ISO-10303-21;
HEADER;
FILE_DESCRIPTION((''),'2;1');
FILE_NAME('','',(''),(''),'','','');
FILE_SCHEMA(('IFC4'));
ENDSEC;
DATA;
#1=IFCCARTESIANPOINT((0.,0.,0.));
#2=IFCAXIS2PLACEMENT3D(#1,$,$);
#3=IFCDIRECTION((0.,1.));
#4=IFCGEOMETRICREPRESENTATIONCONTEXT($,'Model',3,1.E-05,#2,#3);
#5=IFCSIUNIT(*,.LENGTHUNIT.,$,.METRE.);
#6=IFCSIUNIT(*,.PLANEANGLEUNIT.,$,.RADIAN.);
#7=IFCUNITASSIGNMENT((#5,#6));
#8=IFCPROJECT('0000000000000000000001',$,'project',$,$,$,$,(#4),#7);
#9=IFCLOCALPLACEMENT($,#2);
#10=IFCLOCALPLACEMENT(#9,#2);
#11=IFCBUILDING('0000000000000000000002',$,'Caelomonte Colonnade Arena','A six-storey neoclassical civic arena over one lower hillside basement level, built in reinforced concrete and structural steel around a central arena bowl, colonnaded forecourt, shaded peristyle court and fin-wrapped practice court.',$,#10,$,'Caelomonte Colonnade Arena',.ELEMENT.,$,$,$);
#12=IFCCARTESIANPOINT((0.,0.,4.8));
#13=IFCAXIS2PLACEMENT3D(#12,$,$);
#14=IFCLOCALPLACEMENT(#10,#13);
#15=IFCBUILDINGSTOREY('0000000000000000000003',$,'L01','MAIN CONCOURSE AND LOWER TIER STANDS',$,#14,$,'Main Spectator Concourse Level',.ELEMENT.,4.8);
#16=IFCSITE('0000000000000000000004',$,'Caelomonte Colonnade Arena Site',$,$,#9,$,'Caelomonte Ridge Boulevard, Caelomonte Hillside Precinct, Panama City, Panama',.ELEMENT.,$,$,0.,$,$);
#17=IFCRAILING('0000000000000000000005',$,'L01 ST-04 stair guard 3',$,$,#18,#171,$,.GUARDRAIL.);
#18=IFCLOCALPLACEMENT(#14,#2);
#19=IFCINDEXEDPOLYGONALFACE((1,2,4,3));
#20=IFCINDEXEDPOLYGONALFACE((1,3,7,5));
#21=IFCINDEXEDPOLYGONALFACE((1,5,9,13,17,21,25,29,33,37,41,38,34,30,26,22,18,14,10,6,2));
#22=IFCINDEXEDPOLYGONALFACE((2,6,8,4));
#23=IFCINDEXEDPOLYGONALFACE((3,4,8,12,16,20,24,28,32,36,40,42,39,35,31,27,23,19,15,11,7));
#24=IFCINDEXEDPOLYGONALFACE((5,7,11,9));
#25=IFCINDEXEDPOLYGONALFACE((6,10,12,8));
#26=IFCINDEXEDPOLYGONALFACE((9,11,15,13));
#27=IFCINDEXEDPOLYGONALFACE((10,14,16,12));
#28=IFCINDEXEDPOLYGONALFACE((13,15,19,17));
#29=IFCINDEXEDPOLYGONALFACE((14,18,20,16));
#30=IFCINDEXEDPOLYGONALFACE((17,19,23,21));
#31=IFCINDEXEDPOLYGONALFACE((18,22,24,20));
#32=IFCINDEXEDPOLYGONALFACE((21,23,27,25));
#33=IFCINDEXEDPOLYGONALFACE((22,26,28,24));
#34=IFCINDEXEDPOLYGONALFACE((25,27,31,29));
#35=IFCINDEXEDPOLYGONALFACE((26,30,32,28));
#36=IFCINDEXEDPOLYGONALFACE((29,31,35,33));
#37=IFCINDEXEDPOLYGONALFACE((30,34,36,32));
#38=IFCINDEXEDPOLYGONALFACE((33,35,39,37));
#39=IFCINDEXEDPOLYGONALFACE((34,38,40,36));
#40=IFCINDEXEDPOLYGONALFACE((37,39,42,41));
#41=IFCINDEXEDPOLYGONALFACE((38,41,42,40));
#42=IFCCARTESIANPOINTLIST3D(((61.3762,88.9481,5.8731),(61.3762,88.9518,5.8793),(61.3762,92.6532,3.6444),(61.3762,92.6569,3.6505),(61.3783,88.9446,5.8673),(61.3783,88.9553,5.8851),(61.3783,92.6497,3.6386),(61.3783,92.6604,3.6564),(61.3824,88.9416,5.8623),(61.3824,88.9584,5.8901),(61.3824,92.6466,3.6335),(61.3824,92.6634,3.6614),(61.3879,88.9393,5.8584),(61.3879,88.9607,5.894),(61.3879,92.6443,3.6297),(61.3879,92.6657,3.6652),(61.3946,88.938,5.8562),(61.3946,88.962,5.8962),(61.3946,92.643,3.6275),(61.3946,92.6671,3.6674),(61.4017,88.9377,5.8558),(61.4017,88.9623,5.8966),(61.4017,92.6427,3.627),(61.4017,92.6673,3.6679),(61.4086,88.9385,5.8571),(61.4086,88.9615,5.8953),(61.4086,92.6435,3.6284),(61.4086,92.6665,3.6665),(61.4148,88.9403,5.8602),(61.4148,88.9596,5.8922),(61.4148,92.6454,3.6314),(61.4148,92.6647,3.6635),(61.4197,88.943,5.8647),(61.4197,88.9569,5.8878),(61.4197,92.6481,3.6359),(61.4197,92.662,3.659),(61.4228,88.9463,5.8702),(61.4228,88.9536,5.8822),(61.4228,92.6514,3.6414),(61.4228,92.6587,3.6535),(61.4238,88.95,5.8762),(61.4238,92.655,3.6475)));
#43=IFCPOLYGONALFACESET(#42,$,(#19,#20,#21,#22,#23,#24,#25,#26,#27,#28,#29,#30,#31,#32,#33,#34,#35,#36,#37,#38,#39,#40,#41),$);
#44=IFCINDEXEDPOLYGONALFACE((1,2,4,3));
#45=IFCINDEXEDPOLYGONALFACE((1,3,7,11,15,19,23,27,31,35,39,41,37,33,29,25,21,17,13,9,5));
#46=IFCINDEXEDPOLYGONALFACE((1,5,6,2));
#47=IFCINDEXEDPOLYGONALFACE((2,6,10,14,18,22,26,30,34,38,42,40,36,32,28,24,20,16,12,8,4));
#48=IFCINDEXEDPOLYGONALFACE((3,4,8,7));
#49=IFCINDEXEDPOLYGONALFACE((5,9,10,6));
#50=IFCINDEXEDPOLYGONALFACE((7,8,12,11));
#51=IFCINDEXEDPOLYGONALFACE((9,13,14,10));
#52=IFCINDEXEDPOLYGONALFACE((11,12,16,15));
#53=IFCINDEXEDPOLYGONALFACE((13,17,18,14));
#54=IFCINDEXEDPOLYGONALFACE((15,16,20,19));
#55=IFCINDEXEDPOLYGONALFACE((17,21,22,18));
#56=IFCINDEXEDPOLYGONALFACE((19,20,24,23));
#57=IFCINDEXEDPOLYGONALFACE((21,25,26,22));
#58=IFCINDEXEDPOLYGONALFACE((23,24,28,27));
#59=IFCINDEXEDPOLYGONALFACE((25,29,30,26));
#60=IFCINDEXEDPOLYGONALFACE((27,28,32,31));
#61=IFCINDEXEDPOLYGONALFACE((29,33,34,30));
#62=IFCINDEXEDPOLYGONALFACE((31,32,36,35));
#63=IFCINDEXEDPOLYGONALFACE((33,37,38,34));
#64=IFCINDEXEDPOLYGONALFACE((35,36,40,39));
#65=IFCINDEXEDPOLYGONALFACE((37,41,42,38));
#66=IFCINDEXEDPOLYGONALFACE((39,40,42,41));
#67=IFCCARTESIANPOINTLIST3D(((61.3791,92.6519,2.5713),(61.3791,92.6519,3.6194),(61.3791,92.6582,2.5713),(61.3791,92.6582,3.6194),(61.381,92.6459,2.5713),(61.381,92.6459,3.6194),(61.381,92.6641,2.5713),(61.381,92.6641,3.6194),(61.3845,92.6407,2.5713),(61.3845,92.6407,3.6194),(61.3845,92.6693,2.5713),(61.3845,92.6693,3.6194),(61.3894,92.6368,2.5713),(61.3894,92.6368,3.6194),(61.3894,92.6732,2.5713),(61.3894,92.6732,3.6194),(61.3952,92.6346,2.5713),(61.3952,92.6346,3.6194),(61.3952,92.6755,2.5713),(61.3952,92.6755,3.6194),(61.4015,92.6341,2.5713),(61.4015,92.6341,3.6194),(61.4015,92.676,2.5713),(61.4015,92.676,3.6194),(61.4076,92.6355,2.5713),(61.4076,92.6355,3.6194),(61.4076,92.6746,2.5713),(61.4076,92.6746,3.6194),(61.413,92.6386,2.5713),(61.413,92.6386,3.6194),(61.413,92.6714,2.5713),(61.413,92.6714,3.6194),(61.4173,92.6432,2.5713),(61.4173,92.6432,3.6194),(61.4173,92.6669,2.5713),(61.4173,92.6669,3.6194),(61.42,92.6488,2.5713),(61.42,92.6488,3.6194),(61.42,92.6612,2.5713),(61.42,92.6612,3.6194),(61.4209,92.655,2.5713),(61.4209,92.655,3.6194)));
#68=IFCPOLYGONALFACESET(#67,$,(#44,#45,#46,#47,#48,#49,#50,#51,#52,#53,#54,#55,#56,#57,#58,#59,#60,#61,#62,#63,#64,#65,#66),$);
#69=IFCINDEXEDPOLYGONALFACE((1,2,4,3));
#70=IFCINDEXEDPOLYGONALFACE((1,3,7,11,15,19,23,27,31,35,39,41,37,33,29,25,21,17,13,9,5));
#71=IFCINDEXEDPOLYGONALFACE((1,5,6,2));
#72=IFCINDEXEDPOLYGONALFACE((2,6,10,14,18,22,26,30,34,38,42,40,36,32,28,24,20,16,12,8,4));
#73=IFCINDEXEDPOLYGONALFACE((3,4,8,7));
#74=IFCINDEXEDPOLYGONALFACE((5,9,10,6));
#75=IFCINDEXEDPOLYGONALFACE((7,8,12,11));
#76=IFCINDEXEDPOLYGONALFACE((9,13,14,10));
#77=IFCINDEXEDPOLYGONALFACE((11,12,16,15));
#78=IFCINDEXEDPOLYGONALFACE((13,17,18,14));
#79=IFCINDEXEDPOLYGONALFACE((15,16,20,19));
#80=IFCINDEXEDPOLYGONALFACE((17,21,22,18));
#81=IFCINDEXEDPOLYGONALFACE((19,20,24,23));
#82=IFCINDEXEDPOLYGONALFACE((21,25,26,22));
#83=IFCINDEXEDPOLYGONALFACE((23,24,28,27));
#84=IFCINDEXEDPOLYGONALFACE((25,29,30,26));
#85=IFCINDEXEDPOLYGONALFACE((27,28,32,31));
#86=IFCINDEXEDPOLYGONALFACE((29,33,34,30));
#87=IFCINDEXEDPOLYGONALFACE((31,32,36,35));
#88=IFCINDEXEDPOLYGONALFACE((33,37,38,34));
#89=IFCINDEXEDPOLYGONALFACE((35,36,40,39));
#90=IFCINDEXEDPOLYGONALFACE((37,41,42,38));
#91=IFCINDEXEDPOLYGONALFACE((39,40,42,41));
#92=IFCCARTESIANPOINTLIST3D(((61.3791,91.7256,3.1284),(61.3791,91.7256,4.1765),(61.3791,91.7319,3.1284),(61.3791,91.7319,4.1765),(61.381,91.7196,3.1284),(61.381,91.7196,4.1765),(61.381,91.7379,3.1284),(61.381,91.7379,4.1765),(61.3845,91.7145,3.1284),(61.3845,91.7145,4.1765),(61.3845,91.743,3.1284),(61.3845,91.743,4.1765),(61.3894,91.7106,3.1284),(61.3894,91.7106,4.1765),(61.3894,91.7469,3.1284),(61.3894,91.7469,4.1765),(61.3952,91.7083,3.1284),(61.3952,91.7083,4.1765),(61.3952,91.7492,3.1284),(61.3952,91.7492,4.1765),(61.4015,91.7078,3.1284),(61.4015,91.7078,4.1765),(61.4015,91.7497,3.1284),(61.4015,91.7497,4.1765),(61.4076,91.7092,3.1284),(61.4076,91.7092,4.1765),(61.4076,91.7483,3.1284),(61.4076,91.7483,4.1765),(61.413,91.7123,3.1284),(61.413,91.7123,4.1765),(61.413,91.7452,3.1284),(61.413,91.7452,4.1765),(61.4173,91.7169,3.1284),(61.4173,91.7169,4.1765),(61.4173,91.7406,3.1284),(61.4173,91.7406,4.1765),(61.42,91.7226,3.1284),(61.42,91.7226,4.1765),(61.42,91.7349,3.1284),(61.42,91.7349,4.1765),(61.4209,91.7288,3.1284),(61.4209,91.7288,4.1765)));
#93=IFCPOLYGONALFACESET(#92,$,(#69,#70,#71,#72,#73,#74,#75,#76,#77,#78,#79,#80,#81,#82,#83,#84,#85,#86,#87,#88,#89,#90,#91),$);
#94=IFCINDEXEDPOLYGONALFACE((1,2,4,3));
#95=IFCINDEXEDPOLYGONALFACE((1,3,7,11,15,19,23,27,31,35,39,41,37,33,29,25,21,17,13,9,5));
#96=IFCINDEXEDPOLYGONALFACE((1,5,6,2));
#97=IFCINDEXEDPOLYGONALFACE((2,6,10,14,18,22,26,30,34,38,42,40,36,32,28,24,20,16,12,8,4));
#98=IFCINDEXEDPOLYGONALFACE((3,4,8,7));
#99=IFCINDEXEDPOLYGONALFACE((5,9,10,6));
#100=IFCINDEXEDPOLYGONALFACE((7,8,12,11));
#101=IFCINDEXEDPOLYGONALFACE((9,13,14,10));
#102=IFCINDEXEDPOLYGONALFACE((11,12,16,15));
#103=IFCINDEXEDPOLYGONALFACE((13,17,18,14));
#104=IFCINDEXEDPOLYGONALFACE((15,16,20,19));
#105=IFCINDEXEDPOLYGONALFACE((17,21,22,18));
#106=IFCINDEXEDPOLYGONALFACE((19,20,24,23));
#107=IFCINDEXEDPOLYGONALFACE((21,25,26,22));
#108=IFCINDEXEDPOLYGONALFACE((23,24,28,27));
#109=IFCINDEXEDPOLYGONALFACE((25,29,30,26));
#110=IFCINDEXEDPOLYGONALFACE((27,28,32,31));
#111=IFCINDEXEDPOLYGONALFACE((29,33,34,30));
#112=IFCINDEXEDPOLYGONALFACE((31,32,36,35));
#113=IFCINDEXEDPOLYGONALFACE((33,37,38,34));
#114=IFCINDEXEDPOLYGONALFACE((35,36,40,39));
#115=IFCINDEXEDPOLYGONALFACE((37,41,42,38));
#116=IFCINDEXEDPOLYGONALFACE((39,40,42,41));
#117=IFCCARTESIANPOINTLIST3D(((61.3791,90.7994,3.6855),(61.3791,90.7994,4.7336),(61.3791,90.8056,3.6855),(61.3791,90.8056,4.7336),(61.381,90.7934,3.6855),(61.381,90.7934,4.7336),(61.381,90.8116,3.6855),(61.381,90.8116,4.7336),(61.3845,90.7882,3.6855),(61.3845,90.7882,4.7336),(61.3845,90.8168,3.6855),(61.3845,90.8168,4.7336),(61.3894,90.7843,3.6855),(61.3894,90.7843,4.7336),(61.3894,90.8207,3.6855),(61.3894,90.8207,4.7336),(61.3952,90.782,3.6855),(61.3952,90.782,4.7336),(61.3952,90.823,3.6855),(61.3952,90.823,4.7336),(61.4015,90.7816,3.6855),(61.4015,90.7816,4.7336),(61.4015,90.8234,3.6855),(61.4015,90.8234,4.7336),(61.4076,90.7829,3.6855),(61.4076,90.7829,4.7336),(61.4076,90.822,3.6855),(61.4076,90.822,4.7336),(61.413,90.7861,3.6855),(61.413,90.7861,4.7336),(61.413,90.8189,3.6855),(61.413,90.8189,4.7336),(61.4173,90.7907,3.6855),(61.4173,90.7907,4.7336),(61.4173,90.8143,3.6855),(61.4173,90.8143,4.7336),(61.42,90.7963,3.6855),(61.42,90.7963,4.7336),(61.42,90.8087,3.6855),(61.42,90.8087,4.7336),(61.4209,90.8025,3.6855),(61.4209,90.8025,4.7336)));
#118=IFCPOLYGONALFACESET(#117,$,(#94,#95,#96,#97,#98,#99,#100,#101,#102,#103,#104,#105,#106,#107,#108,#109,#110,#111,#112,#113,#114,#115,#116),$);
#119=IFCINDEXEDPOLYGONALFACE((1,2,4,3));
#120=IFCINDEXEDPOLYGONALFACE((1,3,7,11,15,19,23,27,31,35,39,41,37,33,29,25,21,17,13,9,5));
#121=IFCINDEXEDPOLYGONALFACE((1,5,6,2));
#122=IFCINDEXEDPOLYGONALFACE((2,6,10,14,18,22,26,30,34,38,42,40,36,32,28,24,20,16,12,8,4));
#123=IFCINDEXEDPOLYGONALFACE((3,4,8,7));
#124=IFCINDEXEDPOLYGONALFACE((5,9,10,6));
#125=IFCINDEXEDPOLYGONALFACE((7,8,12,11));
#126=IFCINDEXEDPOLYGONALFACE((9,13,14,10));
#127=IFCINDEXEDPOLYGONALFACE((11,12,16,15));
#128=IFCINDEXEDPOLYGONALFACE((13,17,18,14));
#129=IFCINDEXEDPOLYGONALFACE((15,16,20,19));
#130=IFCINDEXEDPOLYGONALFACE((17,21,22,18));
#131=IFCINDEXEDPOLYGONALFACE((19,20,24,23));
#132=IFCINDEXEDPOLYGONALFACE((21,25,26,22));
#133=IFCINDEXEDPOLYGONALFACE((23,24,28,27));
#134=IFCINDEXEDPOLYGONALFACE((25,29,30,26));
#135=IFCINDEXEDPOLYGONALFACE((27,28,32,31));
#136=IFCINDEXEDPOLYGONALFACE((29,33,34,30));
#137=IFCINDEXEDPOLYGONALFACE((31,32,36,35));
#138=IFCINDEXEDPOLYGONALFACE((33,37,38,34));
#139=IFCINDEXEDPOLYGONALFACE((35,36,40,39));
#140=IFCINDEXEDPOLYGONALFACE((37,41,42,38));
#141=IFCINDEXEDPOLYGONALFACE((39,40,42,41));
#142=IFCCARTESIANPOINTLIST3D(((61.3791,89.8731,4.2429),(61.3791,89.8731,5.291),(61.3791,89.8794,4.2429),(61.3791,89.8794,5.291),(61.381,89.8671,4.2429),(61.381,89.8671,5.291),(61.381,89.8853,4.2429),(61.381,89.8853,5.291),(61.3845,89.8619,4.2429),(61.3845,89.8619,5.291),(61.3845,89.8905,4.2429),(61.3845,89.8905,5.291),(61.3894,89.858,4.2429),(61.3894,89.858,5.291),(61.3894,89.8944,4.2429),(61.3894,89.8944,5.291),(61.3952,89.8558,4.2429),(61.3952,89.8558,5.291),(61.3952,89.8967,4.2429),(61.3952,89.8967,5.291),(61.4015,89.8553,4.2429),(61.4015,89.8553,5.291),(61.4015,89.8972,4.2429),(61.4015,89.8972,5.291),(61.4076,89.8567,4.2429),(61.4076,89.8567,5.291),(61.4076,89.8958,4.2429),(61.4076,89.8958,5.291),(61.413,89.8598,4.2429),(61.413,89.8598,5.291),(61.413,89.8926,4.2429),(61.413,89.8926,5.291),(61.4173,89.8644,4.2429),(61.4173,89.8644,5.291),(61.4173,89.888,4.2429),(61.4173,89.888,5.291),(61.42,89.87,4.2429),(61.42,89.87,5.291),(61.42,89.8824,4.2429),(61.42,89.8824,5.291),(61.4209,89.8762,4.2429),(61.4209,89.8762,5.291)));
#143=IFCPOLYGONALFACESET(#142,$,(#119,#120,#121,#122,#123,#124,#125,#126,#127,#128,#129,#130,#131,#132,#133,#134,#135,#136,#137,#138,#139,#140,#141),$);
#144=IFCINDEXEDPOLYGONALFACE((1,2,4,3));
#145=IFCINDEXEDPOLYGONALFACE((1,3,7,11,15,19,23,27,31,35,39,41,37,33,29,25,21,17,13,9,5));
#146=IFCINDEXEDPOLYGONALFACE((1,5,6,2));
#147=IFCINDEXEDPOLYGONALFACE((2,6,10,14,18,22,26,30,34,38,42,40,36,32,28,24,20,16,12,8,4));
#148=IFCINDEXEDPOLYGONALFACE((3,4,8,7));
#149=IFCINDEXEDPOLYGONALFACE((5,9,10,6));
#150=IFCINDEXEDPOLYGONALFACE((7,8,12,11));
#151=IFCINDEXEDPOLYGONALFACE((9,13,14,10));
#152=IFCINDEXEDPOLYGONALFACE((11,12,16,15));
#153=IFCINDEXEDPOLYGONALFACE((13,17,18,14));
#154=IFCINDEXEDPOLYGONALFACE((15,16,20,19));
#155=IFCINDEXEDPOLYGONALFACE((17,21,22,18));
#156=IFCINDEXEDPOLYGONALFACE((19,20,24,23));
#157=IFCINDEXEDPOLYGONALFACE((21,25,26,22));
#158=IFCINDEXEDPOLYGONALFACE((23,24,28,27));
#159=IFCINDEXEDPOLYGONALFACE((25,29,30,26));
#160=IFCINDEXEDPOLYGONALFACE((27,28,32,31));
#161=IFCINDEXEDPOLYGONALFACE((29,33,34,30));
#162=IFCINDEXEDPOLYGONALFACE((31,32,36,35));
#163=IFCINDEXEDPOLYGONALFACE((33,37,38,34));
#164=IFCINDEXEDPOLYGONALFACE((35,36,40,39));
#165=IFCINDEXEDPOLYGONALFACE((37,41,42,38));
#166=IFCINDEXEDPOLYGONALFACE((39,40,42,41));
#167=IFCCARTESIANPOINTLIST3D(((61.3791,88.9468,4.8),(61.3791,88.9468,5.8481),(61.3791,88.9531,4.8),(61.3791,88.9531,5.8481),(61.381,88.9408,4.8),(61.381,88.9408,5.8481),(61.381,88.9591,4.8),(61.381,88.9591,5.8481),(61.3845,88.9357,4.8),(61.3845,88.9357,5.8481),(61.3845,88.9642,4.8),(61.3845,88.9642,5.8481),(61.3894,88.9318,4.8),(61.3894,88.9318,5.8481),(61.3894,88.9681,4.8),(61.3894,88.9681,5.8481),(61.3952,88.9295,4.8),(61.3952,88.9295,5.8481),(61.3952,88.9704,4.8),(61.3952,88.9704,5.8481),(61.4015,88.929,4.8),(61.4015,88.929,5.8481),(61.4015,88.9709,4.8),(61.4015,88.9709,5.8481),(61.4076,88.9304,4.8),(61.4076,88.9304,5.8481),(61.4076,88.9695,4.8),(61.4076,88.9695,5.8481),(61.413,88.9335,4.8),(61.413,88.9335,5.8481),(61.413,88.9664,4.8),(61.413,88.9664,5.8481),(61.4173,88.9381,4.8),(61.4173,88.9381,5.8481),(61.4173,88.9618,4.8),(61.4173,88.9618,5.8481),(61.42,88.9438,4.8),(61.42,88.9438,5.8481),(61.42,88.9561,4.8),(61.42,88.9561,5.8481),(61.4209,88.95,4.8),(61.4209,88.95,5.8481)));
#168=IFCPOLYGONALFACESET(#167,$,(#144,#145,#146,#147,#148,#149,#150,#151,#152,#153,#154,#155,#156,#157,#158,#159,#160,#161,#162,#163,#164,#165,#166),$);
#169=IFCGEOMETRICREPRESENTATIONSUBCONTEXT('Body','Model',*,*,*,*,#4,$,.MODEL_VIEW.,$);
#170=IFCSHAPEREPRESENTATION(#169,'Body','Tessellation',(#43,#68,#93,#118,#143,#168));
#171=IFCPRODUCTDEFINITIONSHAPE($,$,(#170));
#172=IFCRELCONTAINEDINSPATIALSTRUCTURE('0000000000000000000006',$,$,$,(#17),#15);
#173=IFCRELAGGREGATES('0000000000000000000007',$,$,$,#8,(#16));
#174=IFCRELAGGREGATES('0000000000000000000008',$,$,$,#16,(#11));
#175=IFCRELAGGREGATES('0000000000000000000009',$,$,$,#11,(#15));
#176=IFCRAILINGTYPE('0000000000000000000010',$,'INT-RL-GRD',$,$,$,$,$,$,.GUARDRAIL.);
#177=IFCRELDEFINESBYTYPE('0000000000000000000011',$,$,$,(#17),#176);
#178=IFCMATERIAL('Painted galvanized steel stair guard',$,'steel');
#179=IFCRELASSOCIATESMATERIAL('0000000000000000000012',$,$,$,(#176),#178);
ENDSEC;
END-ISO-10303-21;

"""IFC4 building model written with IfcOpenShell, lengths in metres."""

from ifc_helpers import new_model, si_unit, direction, frame, origin, origin_2d, place, context, subcontext, project, spatial, circle, extrude, material, type_object, element, save


model = new_model("IFC4")

# Units and contexts
model_context = context("Model", 3, precision=1e-05, world=origin(), true_north=direction((0.0, 1.0)))
body_context = subcontext(model_context, "Body", "Model", "MODEL_VIEW")
ifc_project = project(units=[si_unit("LENGTHUNIT", "METRE"), si_unit("PLANEANGLEUNIT", "RADIAN")], contexts=[model_context])

# Site, building, storey
site_placement = place(None, origin())
site = spatial("IfcSite", under=ifc_project, at=site_placement, Name="Caelomonte Colonnade Arena Site", LongName="Caelomonte Ridge Boulevard, Caelomonte Hillside Precinct, Panama City, Panama", CompositionType="ELEMENT", RefElevation=0.0)
building_placement = place(site_placement, origin())
building = spatial("IfcBuilding", under=site, at=building_placement, Name="Caelomonte Colonnade Arena", Description="A six-storey neoclassical civic arena over one lower hillside basement level, built in reinforced concrete and structural steel around a central arena bowl, colonnaded forecourt, shaded peristyle court and fin-wrapped practice court.", LongName="Caelomonte Colonnade Arena", CompositionType="ELEMENT")
storey_placement = place(building_placement, frame((0.0, 0.0, 4.8)))
storey = spatial("IfcBuildingStorey", under=building, at=storey_placement, Name="L01", Description="MAIN CONCOURSE AND LOWER TIER STANDS", LongName="Main Spectator Concourse Level", CompositionType="ELEMENT", Elevation=4.8)

# Railing
ifc_material_1 = material(Name="Painted galvanized steel stair guard", Category="steel")
railing_type_1 = type_object("IfcRailingType", Name="INT-RL-GRD", PredefinedType="GUARDRAIL", material=ifc_material_1)
railing_1_placement = place(storey_placement, frame((61.3999, 92.655, 2.5713)))
element("IfcRailing", 1, at=railing_1_placement, inside=storey, type_object=railing_type_1, Name="L01 ST-04 stair guard 3", PredefinedType="GUARDRAIL", context=body_context, shape_type="SweptSolid", body=[
    extrude(circle(Radius=0.0239, at=origin_2d()), frame((0.0, 0.0, 1.0762), z_axis=(0.0, -0.856909, 0.515467), x_axis=(1.0, 0.0, 0.0)), (0.0, 0.0, 1.0), 4.3237),
    extrude(circle(Radius=0.021, at=origin_2d()), origin(), (0.0, 0.0, 1.0), 1.0481),
    extrude(circle(Radius=0.021, at=origin_2d()), frame((0.0, -0.9263, 0.5571)), (0.0, 0.0, 1.0), 1.0481),
    extrude(circle(Radius=0.021, at=origin_2d()), frame((0.0, -1.8525, 1.1143)), (0.0, 0.0, 1.0), 1.0481),
    extrude(circle(Radius=0.021, at=origin_2d()), frame((0.0, -2.7788, 1.6716)), (0.0, 0.0, 1.0), 1.0481),
    extrude(circle(Radius=0.021, at=origin_2d()), frame((0.0, -3.7051, 2.2288)), (0.0, 0.0, 1.0), 1.0481),
])

save(model, "model.ifc")
